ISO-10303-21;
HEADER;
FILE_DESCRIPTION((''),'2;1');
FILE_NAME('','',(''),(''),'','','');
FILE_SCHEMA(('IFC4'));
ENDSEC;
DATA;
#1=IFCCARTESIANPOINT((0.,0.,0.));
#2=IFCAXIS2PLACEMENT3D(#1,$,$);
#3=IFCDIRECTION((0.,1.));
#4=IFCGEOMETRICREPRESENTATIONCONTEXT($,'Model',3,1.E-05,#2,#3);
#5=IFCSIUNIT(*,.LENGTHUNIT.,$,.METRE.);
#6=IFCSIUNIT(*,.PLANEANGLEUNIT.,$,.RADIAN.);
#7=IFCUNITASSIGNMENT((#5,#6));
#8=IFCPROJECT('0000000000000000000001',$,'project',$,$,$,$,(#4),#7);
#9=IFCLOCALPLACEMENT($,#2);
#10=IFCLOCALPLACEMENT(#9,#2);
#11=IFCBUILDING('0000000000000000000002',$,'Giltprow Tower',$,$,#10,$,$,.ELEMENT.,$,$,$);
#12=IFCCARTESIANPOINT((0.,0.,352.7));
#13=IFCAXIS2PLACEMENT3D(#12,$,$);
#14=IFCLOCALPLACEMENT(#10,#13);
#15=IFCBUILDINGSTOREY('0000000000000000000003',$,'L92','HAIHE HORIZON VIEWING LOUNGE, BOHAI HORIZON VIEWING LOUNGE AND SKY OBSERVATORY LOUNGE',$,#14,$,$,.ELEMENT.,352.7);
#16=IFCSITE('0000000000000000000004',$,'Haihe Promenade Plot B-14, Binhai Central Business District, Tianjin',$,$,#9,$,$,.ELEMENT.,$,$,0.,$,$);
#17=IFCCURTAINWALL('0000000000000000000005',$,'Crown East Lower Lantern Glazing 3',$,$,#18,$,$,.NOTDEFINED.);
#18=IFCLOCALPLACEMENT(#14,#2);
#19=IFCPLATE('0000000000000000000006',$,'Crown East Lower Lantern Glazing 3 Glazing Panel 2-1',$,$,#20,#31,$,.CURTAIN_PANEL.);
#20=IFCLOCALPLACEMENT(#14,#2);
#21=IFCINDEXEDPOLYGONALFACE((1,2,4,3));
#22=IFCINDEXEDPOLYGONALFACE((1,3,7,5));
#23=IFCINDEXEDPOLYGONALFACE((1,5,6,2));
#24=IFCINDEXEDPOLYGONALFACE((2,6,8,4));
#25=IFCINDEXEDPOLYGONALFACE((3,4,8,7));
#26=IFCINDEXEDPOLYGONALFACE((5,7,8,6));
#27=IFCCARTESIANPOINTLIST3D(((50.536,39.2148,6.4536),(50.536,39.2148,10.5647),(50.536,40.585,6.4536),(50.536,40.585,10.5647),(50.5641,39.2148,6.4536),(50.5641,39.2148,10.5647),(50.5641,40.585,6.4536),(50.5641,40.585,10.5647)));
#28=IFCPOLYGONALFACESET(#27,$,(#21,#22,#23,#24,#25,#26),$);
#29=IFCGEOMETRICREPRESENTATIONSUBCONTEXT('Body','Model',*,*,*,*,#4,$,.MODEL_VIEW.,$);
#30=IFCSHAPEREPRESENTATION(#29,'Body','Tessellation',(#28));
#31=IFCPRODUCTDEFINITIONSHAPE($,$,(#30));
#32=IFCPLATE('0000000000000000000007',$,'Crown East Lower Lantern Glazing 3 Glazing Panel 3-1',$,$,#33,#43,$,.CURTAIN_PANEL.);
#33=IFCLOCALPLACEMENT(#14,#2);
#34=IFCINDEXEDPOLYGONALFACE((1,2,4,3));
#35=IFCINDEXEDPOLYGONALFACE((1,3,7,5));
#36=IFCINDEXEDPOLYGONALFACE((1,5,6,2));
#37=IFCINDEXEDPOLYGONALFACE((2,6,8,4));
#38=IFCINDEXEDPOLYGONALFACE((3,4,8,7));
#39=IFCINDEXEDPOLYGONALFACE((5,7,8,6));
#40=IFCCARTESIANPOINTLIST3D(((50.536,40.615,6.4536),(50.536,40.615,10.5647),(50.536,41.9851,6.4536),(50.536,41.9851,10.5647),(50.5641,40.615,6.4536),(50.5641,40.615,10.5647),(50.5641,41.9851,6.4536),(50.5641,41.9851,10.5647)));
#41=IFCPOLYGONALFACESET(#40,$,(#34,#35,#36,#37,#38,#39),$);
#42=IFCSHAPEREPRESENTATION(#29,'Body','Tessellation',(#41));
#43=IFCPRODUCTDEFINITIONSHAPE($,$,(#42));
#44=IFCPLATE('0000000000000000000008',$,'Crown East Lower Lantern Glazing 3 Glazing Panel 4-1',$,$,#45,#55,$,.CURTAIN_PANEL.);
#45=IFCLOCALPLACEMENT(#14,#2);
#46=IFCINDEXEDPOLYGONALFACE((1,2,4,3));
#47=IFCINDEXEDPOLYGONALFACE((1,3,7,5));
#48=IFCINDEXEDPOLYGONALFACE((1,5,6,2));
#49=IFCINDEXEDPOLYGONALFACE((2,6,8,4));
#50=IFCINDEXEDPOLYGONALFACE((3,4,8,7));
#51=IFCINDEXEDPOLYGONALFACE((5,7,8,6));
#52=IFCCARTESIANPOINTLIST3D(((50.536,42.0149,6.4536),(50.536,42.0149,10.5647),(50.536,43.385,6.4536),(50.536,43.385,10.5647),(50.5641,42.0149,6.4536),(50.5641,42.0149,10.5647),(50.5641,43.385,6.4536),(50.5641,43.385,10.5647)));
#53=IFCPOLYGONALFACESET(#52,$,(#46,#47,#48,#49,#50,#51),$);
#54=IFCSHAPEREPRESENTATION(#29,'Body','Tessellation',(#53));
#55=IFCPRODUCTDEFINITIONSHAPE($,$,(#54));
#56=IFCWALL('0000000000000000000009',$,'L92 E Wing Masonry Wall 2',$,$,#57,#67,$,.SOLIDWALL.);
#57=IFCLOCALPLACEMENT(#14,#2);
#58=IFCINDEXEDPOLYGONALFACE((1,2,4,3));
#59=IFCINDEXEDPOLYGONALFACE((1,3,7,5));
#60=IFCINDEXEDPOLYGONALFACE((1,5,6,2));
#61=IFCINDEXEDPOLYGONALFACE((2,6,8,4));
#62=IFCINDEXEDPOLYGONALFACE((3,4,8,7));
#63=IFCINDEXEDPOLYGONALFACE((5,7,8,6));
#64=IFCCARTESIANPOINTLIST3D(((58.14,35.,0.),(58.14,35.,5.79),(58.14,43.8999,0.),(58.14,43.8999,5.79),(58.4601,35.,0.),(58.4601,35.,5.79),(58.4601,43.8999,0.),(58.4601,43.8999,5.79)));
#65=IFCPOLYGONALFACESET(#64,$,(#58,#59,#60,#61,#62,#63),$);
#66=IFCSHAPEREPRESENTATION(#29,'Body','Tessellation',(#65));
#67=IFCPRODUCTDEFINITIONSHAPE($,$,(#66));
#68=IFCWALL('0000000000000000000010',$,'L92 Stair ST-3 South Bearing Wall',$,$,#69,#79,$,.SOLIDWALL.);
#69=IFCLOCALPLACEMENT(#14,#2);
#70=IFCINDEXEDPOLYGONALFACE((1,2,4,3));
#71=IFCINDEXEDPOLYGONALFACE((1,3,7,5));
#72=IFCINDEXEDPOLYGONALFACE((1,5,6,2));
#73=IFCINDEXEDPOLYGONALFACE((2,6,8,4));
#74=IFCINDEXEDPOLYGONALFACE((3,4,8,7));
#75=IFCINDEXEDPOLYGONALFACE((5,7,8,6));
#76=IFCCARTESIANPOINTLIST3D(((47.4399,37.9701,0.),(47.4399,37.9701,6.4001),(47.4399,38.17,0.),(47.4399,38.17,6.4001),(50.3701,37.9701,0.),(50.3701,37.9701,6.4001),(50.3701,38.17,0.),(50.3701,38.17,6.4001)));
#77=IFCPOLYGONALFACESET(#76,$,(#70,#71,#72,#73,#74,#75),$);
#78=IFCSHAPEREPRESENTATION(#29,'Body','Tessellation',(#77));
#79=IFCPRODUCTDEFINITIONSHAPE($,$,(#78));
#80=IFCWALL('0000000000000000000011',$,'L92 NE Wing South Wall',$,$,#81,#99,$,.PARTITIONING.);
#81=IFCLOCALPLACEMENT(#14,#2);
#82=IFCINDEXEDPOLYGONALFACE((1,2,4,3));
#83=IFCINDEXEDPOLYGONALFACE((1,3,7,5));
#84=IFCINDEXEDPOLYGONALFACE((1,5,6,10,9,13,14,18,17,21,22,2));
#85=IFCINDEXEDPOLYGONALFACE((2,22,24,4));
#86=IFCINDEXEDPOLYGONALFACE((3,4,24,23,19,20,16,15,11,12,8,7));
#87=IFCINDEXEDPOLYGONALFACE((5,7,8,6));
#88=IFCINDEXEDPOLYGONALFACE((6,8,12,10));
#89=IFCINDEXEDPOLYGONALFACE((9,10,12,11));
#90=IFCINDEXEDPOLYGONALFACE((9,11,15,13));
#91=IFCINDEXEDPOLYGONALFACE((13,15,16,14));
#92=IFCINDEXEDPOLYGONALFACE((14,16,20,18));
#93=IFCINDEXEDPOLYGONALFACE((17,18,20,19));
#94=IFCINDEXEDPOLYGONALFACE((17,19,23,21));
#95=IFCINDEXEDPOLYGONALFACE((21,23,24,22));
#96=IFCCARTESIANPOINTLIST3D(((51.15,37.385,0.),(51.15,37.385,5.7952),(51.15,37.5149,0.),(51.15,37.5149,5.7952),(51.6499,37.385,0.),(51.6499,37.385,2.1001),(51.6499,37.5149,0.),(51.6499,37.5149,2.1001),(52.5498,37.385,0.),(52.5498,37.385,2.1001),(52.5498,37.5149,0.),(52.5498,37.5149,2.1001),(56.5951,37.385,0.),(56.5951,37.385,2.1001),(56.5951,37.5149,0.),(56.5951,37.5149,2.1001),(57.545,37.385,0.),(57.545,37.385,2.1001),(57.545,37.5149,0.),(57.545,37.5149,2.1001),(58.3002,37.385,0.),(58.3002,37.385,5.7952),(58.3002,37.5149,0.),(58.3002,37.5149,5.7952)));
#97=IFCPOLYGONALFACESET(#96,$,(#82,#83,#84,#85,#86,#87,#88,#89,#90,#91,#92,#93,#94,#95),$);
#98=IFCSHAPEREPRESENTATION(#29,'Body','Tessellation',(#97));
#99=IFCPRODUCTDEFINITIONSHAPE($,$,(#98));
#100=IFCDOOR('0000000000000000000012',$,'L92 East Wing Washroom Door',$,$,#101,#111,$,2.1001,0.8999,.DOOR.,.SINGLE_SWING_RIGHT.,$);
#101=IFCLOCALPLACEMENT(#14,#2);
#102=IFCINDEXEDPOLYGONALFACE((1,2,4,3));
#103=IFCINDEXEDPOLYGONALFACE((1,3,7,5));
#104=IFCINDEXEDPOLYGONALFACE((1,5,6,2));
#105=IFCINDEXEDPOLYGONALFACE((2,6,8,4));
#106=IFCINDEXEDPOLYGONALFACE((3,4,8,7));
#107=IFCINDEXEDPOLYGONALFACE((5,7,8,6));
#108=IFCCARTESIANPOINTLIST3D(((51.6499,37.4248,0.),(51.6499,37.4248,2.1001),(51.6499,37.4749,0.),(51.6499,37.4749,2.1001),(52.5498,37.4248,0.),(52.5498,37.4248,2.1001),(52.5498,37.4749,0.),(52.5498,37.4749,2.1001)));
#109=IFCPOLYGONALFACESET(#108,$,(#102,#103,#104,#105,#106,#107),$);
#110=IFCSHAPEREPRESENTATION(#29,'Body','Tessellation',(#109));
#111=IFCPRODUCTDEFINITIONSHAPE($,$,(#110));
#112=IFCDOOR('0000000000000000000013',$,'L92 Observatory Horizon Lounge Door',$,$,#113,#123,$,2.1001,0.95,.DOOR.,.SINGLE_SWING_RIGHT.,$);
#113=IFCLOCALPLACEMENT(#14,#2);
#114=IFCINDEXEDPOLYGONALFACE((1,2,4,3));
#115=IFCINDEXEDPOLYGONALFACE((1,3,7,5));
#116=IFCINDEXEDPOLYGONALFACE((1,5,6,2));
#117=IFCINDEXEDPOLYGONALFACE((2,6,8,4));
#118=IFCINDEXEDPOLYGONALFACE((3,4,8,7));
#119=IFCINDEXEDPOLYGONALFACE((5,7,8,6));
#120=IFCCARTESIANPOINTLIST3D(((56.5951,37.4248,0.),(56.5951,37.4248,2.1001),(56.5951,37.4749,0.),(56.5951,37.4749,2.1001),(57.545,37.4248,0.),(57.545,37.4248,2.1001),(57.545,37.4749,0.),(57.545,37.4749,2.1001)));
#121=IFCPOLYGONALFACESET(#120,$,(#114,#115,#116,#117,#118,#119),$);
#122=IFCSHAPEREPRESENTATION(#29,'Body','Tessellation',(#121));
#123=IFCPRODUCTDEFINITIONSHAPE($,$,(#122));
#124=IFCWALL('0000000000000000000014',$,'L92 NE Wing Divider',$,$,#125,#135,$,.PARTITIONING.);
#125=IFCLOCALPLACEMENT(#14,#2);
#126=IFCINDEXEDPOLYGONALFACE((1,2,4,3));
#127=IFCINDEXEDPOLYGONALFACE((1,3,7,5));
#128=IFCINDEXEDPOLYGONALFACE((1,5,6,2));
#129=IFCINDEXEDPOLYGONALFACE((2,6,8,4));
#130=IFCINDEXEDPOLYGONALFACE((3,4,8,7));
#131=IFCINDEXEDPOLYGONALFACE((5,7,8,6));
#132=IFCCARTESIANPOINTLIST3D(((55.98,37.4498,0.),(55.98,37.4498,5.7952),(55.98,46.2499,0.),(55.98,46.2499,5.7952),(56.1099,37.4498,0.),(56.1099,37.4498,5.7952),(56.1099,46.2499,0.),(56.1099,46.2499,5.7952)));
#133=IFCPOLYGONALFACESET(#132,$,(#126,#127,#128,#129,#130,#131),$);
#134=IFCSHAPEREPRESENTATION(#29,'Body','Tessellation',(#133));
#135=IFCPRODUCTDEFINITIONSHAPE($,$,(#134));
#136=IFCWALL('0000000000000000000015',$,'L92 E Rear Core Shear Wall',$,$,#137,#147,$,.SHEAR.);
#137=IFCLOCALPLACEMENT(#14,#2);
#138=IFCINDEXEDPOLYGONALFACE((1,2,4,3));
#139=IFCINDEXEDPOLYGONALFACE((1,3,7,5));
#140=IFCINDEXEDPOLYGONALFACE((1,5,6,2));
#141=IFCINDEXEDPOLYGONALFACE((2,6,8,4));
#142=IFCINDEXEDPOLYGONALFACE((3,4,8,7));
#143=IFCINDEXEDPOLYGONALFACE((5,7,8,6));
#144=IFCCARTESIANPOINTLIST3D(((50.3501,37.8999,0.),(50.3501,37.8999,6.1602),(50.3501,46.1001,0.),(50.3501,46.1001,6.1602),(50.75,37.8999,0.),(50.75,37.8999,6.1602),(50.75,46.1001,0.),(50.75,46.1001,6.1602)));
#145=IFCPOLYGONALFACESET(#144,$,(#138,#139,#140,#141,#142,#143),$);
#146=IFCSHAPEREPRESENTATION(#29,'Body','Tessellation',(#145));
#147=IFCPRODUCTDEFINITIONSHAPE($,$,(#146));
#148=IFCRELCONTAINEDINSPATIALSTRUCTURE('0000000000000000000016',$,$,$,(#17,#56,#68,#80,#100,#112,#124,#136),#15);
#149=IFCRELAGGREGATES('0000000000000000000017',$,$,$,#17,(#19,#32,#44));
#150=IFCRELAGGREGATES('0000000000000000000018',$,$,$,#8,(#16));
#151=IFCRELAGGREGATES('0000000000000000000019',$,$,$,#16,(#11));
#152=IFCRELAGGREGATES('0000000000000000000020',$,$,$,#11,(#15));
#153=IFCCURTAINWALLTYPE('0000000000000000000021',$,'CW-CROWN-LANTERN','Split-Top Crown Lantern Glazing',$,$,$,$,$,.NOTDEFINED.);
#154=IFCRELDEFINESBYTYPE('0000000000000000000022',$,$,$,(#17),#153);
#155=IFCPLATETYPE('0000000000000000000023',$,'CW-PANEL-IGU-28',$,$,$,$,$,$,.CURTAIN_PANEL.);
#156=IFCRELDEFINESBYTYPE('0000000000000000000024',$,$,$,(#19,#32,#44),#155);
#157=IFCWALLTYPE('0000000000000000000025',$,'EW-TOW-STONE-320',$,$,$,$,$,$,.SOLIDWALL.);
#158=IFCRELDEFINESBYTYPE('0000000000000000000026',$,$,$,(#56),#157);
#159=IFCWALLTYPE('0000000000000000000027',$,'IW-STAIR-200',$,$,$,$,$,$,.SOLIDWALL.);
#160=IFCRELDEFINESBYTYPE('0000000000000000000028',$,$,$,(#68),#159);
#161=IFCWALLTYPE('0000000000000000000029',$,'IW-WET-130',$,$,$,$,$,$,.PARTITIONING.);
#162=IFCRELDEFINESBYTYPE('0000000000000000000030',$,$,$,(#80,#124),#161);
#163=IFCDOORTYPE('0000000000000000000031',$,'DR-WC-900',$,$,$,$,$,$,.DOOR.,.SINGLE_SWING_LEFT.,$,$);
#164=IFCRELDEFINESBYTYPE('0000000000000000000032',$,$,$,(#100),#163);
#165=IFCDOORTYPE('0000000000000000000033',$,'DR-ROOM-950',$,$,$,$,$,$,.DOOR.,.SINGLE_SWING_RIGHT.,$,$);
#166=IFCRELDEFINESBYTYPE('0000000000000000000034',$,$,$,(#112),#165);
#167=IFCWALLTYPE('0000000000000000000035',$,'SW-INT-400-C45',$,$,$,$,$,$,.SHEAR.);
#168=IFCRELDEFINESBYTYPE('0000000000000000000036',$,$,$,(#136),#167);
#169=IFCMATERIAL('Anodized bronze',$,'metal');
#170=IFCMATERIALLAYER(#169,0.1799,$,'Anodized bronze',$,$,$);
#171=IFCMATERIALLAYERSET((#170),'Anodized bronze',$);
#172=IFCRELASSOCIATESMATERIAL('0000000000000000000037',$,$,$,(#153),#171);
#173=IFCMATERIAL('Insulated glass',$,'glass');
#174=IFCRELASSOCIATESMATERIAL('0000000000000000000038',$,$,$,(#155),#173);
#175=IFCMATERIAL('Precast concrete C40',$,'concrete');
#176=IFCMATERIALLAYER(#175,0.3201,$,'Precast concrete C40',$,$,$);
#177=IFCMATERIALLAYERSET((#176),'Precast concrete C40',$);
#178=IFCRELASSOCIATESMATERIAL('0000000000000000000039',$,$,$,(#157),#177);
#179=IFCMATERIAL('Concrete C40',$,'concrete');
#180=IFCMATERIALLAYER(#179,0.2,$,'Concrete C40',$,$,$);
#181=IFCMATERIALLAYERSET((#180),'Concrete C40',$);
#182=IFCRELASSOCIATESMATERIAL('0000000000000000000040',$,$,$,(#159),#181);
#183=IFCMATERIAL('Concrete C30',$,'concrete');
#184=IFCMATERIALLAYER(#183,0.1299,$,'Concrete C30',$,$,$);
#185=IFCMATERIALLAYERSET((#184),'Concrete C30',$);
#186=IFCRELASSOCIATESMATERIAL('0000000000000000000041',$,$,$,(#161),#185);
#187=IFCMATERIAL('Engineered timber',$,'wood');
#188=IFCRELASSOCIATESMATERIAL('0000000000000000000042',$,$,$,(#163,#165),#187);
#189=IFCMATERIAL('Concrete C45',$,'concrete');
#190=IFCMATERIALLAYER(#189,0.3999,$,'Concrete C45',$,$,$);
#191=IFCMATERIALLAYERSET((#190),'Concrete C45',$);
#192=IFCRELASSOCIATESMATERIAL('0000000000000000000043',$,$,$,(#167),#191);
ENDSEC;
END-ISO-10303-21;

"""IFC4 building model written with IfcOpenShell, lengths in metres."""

from ifc_helpers import new_model, si_unit, direction, frame, frame_2d, origin, origin_2d, place, context, subcontext, project, spatial, rectangle, extrude, source, transform, mapped, material, layer, layer_set, type_object, element, fill, aggregate, save


model = new_model("IFC4")

# Units and contexts
model_context = context("Model", 3, precision=1e-05, world=origin(), true_north=direction((0.0, 1.0)))
body_context = subcontext(model_context, "Body", "Model", "MODEL_VIEW")
ifc_project = project(units=[si_unit("LENGTHUNIT", "METRE"), si_unit("PLANEANGLEUNIT", "RADIAN")], contexts=[model_context])

# Site, building, storey
site_placement = place(None, origin())
site = spatial("IfcSite", under=ifc_project, at=site_placement, Name="Haihe Promenade Plot B-14, Binhai Central Business District, Tianjin", CompositionType="ELEMENT", RefElevation=0.0)
building_placement = place(site_placement, origin())
building = spatial("IfcBuilding", under=site, at=building_placement, Name="Giltprow Tower", CompositionType="ELEMENT")
storey_placement = place(building_placement, frame((0.0, 0.0, 352.7)))
storey = spatial("IfcBuildingStorey", under=building, at=storey_placement, Name="L92", Description="HAIHE HORIZON VIEWING LOUNGE, BOHAI HORIZON VIEWING LOUNGE AND SKY OBSERVATORY LOUNGE", CompositionType="ELEMENT", Elevation=352.7)

# Shared definitions
ifc_material_1 = material(Name="Concrete C45", Category="concrete")

# Curtain wall
ifc_material_2 = material(Name="Anodized bronze", Category="metal")
ifc_layer_1 = layer(ifc_material_2, 0.1799, Name="Anodized bronze")
ifc_layer_set_1 = layer_set([ifc_layer_1], Name="Anodized bronze")
curtain_wall_type = type_object("IfcCurtainWallType", Name="CW-CROWN-LANTERN", Description="Split-Top Crown Lantern Glazing", PredefinedType="NOTDEFINED", material=ifc_layer_set_1)
curtain_wall_1_placement = place(storey_placement, origin())
curtain_wall_1 = element("IfcCurtainWall", 1, at=curtain_wall_1_placement, inside=storey, type_object=curtain_wall_type, Name="Crown East Lower Lantern Glazing 3", PredefinedType="NOTDEFINED")

# Plates
ifc_material_3 = material(Name="Insulated glass", Category="glass")
plate_type_1 = type_object("IfcPlateType", Name="CW-PANEL-IGU-28", PredefinedType="CURTAIN_PANEL", material=ifc_material_3)
shared_shape_1 = source(origin(), body_context, "Body", "SweptSolid", [
    extrude(rectangle(XDim=1.3701, YDim=0.0281, at=origin_2d()), origin(), (0.0, 0.0, 1.0), 4.1111),
])
plate_1_placement = place(storey_placement, frame((50.55, 39.8999, 6.4536), z_axis=(0.0, 0.0, 1.0), x_axis=(0.0, 1.0, 0.0)))
plate_1 = element("IfcPlate", 2, at=plate_1_placement, type_object=plate_type_1, Name="Crown East Lower Lantern Glazing 3 Glazing Panel 2-1", PredefinedType="CURTAIN_PANEL", context=body_context, shape_type="MappedRepresentation", body=[
    mapped(shared_shape_1, transform((0.0, 0.0, 0.0), x_axis=(1.0, 0.0, 0.0), y_axis=(0.0, 1.0, 0.0), z_axis=(0.0, 0.0, 1.0), scale=1.0)),
])
plate_2_placement = place(storey_placement, frame((50.55, 41.3, 6.4536), z_axis=(0.0, 0.0, 1.0), x_axis=(0.0, 1.0, 0.0)))
plate_2 = element("IfcPlate", 3, at=plate_2_placement, type_object=plate_type_1, Name="Crown East Lower Lantern Glazing 3 Glazing Panel 3-1", PredefinedType="CURTAIN_PANEL", context=body_context, shape_type="MappedRepresentation", body=[
    mapped(shared_shape_1, transform((0.0, 0.0, 0.0), x_axis=(1.0, 0.0, 0.0), y_axis=(0.0, 1.0, 0.0), z_axis=(0.0, 0.0, 1.0), scale=1.0)),
])
plate_3_placement = place(storey_placement, frame((50.55, 42.7, 6.4536), z_axis=(0.0, 0.0, 1.0), x_axis=(0.0, 1.0, 0.0)))
plate_3 = element("IfcPlate", 4, at=plate_3_placement, type_object=plate_type_1, Name="Crown East Lower Lantern Glazing 3 Glazing Panel 4-1", PredefinedType="CURTAIN_PANEL", context=body_context, shape_type="MappedRepresentation", body=[
    mapped(shared_shape_1, transform((0.0, 0.0, 0.0), x_axis=(1.0, 0.0, 0.0), y_axis=(0.0, 1.0, 0.0), z_axis=(0.0, 0.0, 1.0), scale=1.0)),
])
aggregate(curtain_wall_1, [plate_1, plate_2, plate_3])

# Walls
ifc_material_4 = material(Name="Precast concrete C40", Category="concrete")
ifc_layer_2 = layer(ifc_material_4, 0.3201, Name="Precast concrete C40")
ifc_layer_set_2 = layer_set([ifc_layer_2], Name="Precast concrete C40")
wall_type_1 = type_object("IfcWallType", Name="EW-TOW-STONE-320", PredefinedType="SOLIDWALL", material=ifc_layer_set_2)
wall_1_placement = place(storey_placement, frame((58.3, 35.0, 0.0), z_axis=(0.0, 0.0, 1.0), x_axis=(0.0, 1.0, 0.0)))
element("IfcWall", 5, at=wall_1_placement, inside=storey, type_object=wall_type_1, Name="L92 E Wing Masonry Wall 2", PredefinedType="SOLIDWALL", context=body_context, shape_type="SweptSolid", body=[
    extrude(rectangle(XDim=8.8999, YDim=0.3201, at=frame_2d((4.45, 0.0))), origin(), (0.0, 0.0, 1.0), 5.79),
])
ifc_material_5 = material(Name="Concrete C40", Category="concrete")
ifc_layer_3 = layer(ifc_material_5, 0.2, Name="Concrete C40")
ifc_layer_set_3 = layer_set([ifc_layer_3], Name="Concrete C40")
wall_type_2 = type_object("IfcWallType", Name="IW-STAIR-200", PredefinedType="SOLIDWALL", material=ifc_layer_set_3)
wall_2_placement = place(storey_placement, frame((47.4399, 38.0701, 0.0), z_axis=(0.0, 0.0, 1.0), x_axis=(1.0, 0.0, 0.0)))
element("IfcWall", 6, at=wall_2_placement, inside=storey, type_object=wall_type_2, Name="L92 Stair ST-3 South Bearing Wall", PredefinedType="SOLIDWALL", context=body_context, shape_type="SweptSolid", body=[
    extrude(rectangle(XDim=2.9302, YDim=0.2, at=frame_2d((1.4651, 0.0))), origin(), (0.0, 0.0, 1.0), 6.4001),
])

# Wall, openings, doors
ifc_material_6 = material(Name="Concrete C30", Category="concrete")
ifc_layer_4 = layer(ifc_material_6, 0.1299, Name="Concrete C30")
ifc_layer_set_4 = layer_set([ifc_layer_4], Name="Concrete C30")
wall_type_3 = type_object("IfcWallType", Name="IW-WET-130", PredefinedType="PARTITIONING", material=ifc_layer_set_4)
wall_3_placement = place(storey_placement, frame((51.1499, 37.45, 0.0), z_axis=(0.0, 0.0, 1.0), x_axis=(1.0, 0.0, 0.0)))
wall_3 = element("IfcWall", 7, at=wall_3_placement, inside=storey, type_object=wall_type_3, Name="L92 NE Wing South Wall", PredefinedType="PARTITIONING", context=body_context, shape_type="SweptSolid", body=[
    extrude(rectangle(XDim=7.1501, YDim=0.1299, at=frame_2d((3.5752, 0.0))), origin(), (0.0, 0.0, 1.0), 5.7952),
])
opening_1_placement = place(wall_3_placement, frame((0.5, 0.0, 0.0)))
opening_1 = element("IfcOpeningElement", 8, at=opening_1_placement, cuts=wall_3, PredefinedType="OPENING", context=body_context, shape_type="SweptSolid", body=[
    extrude(rectangle(XDim=0.8999, YDim=2.1001, at=frame_2d((0.45, 1.05))), frame((0.0, 0.075, 0.0), z_axis=(0.0, -1.0, 0.0), x_axis=(1.0, 0.0, 0.0)), (0.0, 0.0, 1.0), 0.1499),
])
opening_2_placement = place(wall_3_placement, frame((5.4451, 0.0, 0.0)))
opening_2 = element("IfcOpeningElement", 9, at=opening_2_placement, cuts=wall_3, PredefinedType="OPENING", context=body_context, shape_type="SweptSolid", body=[
    extrude(rectangle(XDim=0.95, YDim=2.1001, at=frame_2d((0.4751, 1.05))), frame((0.0, 0.075, 0.0), z_axis=(0.0, -1.0, 0.0), x_axis=(1.0, 0.0, 0.0)), (0.0, 0.0, 1.0), 0.1499),
])
ifc_material_7 = material(Name="Engineered timber", Category="wood")
door_type_1 = type_object("IfcDoorType", Name="DR-WC-900", OperationType="SINGLE_SWING_LEFT", PredefinedType="DOOR", material=ifc_material_7)
shared_shape_2 = source(origin(), body_context, "Body", "SweptSolid", [
    extrude(rectangle(XDim=0.8999, YDim=2.1001, at=frame_2d((0.45, 1.05))), frame((0.0, 0.0249, 0.0), z_axis=(0.0, -1.0, 0.0), x_axis=(1.0, 0.0, 0.0)), (0.0, 0.0, 1.0), 0.05),
])
door_1_placement = place(opening_1_placement, origin())
door_1 = element("IfcDoor", 10, at=door_1_placement, inside=storey, type_object=door_type_1, Name="L92 East Wing Washroom Door", OperationType="SINGLE_SWING_RIGHT", OverallHeight=2.1001, OverallWidth=0.8999, PredefinedType="DOOR", context=body_context, shape_type="MappedRepresentation", body=[
    mapped(shared_shape_2, transform((0.0, 0.0, 0.0), x_axis=(1.0, 0.0, 0.0), y_axis=(0.0, 1.0, 0.0), z_axis=(0.0, 0.0, 1.0), scale=1.0)),
])
fill(opening_1, door_1)
door_type_2 = type_object("IfcDoorType", Name="DR-ROOM-950", OperationType="SINGLE_SWING_RIGHT", PredefinedType="DOOR", material=ifc_material_7)
shared_shape_3 = source(origin(), body_context, "Body", "SweptSolid", [
    extrude(rectangle(XDim=0.95, YDim=2.1001, at=frame_2d((0.4751, 1.05))), frame((0.0, 0.0249, 0.0), z_axis=(0.0, -1.0, 0.0), x_axis=(1.0, 0.0, 0.0)), (0.0, 0.0, 1.0), 0.05),
])
door_2_placement = place(opening_2_placement, origin())
door_2 = element("IfcDoor", 11, at=door_2_placement, inside=storey, type_object=door_type_2, Name="L92 Observatory Horizon Lounge Door", OperationType="SINGLE_SWING_RIGHT", OverallHeight=2.1001, OverallWidth=0.95, PredefinedType="DOOR", context=body_context, shape_type="MappedRepresentation", body=[
    mapped(shared_shape_3, transform((0.0, 0.0, 0.0), x_axis=(1.0, 0.0, 0.0), y_axis=(0.0, 1.0, 0.0), z_axis=(0.0, 0.0, 1.0), scale=1.0)),
])
fill(opening_2, door_2)

# Walls
wall_4_placement = place(storey_placement, frame((56.0449, 37.45, 0.0), z_axis=(0.0, 0.0, 1.0), x_axis=(0.0, 1.0, 0.0)))
element("IfcWall", 12, at=wall_4_placement, inside=storey, type_object=wall_type_3, Name="L92 NE Wing Divider", PredefinedType="PARTITIONING", context=body_context, shape_type="SweptSolid", body=[
    extrude(rectangle(XDim=8.8, YDim=0.1299, at=frame_2d((4.3999, 0.0))), origin(), (0.0, 0.0, 1.0), 5.7952),
])
ifc_layer_5 = layer(ifc_material_1, 0.3999, Name="Concrete C45")
ifc_layer_set_5 = layer_set([ifc_layer_5], Name="Concrete C45")
wall_type_4 = type_object("IfcWallType", Name="SW-INT-400-C45", PredefinedType="SHEAR", material=ifc_layer_set_5)
wall_5_placement = place(storey_placement, frame((50.55, 37.8999, 0.0), z_axis=(0.0, 0.0, 1.0), x_axis=(0.0, 1.0, 0.0)))
element("IfcWall", 13, at=wall_5_placement, inside=storey, type_object=wall_type_4, Name="L92 E Rear Core Shear Wall", PredefinedType="SHEAR", context=body_context, shape_type="SweptSolid", body=[
    extrude(rectangle(XDim=8.2002, YDim=0.3999, at=frame_2d((4.1001, 0.0))), origin(), (0.0, 0.0, 1.0), 6.1602),
])

save(model, "model.ifc")
